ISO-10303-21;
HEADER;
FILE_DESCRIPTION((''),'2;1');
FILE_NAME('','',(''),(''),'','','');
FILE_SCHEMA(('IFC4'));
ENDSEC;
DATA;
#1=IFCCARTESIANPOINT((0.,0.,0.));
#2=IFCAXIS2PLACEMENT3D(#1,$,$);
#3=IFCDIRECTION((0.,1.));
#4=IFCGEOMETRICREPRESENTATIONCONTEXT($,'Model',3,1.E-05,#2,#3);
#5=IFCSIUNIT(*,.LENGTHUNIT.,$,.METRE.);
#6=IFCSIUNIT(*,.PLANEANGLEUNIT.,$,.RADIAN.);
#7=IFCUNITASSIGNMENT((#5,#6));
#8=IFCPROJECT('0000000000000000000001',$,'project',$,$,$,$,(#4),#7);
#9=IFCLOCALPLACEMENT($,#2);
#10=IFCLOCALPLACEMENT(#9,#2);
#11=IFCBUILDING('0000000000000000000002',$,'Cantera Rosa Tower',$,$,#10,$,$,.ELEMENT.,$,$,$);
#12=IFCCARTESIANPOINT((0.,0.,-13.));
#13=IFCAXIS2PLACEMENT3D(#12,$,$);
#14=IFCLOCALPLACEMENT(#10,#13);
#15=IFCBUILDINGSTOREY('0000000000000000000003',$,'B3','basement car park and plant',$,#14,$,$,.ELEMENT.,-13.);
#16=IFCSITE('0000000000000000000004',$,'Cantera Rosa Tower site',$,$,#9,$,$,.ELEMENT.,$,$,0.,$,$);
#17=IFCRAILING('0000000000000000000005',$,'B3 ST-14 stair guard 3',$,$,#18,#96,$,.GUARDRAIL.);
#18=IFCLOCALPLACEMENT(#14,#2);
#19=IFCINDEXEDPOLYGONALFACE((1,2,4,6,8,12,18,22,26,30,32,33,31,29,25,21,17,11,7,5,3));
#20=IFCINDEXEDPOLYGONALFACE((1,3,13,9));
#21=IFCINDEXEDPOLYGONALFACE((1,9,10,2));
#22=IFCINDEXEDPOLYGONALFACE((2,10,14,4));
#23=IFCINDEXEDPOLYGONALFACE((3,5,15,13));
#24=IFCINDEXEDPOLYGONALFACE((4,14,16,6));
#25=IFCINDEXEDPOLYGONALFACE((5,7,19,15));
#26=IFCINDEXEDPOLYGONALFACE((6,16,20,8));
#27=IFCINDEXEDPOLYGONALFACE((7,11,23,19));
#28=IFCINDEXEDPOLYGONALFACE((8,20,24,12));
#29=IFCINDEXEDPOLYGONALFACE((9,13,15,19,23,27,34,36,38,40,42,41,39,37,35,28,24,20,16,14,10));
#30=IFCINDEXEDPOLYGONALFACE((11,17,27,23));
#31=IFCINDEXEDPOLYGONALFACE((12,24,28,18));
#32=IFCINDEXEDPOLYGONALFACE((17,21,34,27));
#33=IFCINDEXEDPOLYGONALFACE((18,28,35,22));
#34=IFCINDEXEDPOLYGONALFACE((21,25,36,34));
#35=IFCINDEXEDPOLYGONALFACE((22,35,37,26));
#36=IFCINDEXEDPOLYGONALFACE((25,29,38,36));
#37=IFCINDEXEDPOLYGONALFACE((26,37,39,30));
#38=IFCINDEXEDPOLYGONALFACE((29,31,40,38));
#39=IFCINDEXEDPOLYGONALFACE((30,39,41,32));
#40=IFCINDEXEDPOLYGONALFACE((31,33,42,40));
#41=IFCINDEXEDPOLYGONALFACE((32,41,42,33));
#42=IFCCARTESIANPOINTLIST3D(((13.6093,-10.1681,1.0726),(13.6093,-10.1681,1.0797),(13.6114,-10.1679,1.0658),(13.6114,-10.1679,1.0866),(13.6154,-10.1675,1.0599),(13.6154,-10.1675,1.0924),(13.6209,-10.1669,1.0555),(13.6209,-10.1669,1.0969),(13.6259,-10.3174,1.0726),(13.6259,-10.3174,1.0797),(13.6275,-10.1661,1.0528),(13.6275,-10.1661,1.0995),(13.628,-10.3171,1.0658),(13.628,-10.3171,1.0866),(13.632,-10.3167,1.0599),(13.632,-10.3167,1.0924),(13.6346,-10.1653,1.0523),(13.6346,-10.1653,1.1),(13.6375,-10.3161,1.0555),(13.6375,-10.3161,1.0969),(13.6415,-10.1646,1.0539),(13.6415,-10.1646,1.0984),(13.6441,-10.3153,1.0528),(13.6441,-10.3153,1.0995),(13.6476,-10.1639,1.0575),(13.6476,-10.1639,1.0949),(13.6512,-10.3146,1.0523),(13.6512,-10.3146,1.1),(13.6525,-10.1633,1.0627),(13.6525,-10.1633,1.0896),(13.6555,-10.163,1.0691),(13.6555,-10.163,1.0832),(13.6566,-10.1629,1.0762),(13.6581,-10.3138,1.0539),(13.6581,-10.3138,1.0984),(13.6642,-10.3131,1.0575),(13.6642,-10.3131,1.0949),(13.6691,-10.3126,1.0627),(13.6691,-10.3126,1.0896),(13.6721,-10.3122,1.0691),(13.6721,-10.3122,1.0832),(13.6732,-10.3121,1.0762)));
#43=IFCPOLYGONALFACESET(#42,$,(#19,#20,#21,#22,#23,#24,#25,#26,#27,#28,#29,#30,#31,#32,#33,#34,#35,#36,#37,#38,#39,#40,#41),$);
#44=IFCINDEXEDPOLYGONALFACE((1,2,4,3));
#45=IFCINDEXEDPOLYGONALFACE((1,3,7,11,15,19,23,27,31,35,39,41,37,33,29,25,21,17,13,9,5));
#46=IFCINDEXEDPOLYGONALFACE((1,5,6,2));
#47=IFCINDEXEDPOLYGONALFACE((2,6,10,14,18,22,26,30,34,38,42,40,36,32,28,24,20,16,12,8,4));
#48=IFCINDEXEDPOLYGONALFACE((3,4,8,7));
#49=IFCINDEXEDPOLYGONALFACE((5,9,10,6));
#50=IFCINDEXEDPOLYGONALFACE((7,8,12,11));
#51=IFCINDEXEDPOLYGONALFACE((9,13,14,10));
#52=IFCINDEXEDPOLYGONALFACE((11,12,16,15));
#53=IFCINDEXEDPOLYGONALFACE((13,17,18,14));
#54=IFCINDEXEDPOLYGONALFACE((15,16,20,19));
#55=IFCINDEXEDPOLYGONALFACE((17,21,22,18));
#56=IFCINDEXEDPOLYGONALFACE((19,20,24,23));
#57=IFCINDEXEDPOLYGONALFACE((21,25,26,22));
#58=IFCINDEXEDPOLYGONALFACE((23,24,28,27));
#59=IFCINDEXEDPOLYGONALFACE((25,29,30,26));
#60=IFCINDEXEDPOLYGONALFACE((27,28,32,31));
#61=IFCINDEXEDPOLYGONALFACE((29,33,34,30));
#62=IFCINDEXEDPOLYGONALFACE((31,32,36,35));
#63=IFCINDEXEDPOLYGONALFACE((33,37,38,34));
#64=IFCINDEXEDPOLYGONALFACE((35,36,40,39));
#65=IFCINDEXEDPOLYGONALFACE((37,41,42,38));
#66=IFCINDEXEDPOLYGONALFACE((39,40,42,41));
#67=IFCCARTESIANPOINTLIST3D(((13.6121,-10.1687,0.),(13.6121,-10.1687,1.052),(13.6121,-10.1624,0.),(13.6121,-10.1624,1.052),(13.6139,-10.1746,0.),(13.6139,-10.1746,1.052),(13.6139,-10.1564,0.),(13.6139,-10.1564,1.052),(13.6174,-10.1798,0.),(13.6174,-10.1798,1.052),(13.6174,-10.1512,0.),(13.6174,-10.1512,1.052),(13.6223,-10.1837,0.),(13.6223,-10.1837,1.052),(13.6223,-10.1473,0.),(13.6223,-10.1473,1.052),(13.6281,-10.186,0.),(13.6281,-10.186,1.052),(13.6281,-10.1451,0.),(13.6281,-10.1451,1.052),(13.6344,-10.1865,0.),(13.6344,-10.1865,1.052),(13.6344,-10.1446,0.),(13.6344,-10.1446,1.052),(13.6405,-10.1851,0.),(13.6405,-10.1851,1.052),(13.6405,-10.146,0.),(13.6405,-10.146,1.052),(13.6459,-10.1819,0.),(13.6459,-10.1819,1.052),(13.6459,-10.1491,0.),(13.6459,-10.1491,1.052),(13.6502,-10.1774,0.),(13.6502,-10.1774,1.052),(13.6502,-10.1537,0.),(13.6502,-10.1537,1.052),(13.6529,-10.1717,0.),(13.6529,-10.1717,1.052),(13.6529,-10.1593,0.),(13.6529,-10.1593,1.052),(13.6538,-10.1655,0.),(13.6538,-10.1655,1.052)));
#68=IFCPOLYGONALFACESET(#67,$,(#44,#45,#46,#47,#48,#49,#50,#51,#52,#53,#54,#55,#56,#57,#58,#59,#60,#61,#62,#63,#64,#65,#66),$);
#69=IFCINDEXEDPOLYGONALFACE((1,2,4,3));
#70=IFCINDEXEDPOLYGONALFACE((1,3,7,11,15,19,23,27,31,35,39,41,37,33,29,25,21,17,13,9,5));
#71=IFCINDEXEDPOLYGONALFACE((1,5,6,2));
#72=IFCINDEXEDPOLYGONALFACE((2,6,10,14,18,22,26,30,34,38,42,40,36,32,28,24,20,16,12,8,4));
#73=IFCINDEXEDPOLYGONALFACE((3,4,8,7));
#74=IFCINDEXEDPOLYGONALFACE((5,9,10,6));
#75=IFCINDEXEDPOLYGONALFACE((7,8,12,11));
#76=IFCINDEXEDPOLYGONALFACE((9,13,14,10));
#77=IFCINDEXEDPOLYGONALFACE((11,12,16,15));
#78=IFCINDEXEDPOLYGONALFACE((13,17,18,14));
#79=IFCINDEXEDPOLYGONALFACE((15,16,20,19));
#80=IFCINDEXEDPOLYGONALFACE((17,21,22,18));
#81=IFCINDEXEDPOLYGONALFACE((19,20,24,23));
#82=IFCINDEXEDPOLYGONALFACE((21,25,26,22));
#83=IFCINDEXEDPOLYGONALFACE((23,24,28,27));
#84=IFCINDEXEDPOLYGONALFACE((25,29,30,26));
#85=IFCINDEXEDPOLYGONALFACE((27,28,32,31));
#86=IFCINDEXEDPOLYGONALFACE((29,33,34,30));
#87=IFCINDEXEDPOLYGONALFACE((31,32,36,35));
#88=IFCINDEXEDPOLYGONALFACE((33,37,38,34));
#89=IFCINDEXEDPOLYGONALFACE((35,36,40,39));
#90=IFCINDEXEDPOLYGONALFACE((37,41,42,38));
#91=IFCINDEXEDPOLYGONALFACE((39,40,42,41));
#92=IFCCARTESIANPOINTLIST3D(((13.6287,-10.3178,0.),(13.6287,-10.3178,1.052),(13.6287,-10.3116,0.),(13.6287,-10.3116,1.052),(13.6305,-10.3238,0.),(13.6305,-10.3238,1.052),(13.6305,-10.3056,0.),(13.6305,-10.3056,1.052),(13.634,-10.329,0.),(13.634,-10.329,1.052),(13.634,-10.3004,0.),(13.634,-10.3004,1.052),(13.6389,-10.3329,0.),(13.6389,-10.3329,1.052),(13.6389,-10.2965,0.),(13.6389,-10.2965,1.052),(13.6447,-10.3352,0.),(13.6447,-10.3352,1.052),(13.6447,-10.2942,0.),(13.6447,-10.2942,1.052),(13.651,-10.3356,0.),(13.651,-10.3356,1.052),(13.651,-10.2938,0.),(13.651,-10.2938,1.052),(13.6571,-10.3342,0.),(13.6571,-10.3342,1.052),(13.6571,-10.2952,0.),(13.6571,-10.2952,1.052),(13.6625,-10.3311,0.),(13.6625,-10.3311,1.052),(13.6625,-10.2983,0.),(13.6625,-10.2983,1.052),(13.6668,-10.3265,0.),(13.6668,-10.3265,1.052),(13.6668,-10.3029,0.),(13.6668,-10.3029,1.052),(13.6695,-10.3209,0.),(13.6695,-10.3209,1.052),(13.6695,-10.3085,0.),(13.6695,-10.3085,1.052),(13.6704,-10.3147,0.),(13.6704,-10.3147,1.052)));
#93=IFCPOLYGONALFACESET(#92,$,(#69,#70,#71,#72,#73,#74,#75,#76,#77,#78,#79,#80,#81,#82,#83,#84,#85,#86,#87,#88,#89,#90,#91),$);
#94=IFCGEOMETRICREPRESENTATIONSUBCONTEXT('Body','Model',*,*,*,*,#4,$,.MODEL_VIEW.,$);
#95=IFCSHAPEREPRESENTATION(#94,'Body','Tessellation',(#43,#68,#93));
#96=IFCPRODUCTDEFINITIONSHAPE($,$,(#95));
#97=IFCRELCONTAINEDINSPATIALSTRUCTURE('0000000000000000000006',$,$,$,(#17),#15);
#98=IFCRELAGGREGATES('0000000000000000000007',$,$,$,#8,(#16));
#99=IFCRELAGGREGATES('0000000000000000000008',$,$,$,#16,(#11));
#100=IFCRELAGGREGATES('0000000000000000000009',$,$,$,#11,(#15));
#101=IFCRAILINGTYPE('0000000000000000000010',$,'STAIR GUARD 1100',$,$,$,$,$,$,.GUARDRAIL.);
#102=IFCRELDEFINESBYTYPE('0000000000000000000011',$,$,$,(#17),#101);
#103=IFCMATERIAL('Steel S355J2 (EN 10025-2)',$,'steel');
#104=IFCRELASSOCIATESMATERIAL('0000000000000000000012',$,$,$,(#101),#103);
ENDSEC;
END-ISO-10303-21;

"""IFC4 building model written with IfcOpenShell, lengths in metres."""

from ifc_helpers import new_model, si_unit, direction, frame, origin, origin_2d, place, context, subcontext, project, spatial, circle, extrude, material, type_object, element, save


model = new_model("IFC4")

# Units and contexts
model_context = context("Model", 3, precision=1e-05, world=origin(), true_north=direction((0.0, 1.0)))
body_context = subcontext(model_context, "Body", "Model", "MODEL_VIEW")
ifc_project = project(units=[si_unit("LENGTHUNIT", "METRE"), si_unit("PLANEANGLEUNIT", "RADIAN")], contexts=[model_context])

# Site, building, storey
site_placement = place(None, origin())
site = spatial("IfcSite", under=ifc_project, at=site_placement, Name="Cantera Rosa Tower site", CompositionType="ELEMENT", RefElevation=0.0)
building_placement = place(site_placement, origin())
building = spatial("IfcBuilding", under=site, at=building_placement, Name="Cantera Rosa Tower", CompositionType="ELEMENT")
storey_placement = place(building_placement, frame((0.0, 0.0, -13.0)))
storey = spatial("IfcBuildingStorey", under=building, at=storey_placement, Name="B3", Description="basement car park and plant", CompositionType="ELEMENT", Elevation=-13.0)

# Railing
ifc_material_1 = material(Name="Steel S355J2 (EN 10025-2)", Category="steel")
railing_type_1 = type_object("IfcRailingType", Name="STAIR GUARD 1100", PredefinedType="GUARDRAIL", material=ifc_material_1)
railing_1_placement = place(storey_placement, frame((13.6328, -10.1655, 0.0)))
element("IfcRailing", 1, at=railing_1_placement, inside=storey, type_object=railing_type_1, Name="B3 ST-14 stair guard 3", PredefinedType="GUARDRAIL", context=body_context, shape_type="SweptSolid", body=[
    extrude(circle(Radius=0.0239, at=origin_2d()), frame((0.0, 0.0, 1.0762), z_axis=(0.11061, -0.993864, 0.0), x_axis=(0.993864, 0.11061, 0.0)), (0.0, 0.0, 1.0), 0.1501),
    extrude(circle(Radius=0.021, at=origin_2d()), origin(), (0.0, 0.0, 1.0), 1.052),
    extrude(circle(Radius=0.021, at=origin_2d()), frame((0.0166, -0.1492, 0.0)), (0.0, 0.0, 1.0), 1.052),
])

save(model, "model.ifc")
